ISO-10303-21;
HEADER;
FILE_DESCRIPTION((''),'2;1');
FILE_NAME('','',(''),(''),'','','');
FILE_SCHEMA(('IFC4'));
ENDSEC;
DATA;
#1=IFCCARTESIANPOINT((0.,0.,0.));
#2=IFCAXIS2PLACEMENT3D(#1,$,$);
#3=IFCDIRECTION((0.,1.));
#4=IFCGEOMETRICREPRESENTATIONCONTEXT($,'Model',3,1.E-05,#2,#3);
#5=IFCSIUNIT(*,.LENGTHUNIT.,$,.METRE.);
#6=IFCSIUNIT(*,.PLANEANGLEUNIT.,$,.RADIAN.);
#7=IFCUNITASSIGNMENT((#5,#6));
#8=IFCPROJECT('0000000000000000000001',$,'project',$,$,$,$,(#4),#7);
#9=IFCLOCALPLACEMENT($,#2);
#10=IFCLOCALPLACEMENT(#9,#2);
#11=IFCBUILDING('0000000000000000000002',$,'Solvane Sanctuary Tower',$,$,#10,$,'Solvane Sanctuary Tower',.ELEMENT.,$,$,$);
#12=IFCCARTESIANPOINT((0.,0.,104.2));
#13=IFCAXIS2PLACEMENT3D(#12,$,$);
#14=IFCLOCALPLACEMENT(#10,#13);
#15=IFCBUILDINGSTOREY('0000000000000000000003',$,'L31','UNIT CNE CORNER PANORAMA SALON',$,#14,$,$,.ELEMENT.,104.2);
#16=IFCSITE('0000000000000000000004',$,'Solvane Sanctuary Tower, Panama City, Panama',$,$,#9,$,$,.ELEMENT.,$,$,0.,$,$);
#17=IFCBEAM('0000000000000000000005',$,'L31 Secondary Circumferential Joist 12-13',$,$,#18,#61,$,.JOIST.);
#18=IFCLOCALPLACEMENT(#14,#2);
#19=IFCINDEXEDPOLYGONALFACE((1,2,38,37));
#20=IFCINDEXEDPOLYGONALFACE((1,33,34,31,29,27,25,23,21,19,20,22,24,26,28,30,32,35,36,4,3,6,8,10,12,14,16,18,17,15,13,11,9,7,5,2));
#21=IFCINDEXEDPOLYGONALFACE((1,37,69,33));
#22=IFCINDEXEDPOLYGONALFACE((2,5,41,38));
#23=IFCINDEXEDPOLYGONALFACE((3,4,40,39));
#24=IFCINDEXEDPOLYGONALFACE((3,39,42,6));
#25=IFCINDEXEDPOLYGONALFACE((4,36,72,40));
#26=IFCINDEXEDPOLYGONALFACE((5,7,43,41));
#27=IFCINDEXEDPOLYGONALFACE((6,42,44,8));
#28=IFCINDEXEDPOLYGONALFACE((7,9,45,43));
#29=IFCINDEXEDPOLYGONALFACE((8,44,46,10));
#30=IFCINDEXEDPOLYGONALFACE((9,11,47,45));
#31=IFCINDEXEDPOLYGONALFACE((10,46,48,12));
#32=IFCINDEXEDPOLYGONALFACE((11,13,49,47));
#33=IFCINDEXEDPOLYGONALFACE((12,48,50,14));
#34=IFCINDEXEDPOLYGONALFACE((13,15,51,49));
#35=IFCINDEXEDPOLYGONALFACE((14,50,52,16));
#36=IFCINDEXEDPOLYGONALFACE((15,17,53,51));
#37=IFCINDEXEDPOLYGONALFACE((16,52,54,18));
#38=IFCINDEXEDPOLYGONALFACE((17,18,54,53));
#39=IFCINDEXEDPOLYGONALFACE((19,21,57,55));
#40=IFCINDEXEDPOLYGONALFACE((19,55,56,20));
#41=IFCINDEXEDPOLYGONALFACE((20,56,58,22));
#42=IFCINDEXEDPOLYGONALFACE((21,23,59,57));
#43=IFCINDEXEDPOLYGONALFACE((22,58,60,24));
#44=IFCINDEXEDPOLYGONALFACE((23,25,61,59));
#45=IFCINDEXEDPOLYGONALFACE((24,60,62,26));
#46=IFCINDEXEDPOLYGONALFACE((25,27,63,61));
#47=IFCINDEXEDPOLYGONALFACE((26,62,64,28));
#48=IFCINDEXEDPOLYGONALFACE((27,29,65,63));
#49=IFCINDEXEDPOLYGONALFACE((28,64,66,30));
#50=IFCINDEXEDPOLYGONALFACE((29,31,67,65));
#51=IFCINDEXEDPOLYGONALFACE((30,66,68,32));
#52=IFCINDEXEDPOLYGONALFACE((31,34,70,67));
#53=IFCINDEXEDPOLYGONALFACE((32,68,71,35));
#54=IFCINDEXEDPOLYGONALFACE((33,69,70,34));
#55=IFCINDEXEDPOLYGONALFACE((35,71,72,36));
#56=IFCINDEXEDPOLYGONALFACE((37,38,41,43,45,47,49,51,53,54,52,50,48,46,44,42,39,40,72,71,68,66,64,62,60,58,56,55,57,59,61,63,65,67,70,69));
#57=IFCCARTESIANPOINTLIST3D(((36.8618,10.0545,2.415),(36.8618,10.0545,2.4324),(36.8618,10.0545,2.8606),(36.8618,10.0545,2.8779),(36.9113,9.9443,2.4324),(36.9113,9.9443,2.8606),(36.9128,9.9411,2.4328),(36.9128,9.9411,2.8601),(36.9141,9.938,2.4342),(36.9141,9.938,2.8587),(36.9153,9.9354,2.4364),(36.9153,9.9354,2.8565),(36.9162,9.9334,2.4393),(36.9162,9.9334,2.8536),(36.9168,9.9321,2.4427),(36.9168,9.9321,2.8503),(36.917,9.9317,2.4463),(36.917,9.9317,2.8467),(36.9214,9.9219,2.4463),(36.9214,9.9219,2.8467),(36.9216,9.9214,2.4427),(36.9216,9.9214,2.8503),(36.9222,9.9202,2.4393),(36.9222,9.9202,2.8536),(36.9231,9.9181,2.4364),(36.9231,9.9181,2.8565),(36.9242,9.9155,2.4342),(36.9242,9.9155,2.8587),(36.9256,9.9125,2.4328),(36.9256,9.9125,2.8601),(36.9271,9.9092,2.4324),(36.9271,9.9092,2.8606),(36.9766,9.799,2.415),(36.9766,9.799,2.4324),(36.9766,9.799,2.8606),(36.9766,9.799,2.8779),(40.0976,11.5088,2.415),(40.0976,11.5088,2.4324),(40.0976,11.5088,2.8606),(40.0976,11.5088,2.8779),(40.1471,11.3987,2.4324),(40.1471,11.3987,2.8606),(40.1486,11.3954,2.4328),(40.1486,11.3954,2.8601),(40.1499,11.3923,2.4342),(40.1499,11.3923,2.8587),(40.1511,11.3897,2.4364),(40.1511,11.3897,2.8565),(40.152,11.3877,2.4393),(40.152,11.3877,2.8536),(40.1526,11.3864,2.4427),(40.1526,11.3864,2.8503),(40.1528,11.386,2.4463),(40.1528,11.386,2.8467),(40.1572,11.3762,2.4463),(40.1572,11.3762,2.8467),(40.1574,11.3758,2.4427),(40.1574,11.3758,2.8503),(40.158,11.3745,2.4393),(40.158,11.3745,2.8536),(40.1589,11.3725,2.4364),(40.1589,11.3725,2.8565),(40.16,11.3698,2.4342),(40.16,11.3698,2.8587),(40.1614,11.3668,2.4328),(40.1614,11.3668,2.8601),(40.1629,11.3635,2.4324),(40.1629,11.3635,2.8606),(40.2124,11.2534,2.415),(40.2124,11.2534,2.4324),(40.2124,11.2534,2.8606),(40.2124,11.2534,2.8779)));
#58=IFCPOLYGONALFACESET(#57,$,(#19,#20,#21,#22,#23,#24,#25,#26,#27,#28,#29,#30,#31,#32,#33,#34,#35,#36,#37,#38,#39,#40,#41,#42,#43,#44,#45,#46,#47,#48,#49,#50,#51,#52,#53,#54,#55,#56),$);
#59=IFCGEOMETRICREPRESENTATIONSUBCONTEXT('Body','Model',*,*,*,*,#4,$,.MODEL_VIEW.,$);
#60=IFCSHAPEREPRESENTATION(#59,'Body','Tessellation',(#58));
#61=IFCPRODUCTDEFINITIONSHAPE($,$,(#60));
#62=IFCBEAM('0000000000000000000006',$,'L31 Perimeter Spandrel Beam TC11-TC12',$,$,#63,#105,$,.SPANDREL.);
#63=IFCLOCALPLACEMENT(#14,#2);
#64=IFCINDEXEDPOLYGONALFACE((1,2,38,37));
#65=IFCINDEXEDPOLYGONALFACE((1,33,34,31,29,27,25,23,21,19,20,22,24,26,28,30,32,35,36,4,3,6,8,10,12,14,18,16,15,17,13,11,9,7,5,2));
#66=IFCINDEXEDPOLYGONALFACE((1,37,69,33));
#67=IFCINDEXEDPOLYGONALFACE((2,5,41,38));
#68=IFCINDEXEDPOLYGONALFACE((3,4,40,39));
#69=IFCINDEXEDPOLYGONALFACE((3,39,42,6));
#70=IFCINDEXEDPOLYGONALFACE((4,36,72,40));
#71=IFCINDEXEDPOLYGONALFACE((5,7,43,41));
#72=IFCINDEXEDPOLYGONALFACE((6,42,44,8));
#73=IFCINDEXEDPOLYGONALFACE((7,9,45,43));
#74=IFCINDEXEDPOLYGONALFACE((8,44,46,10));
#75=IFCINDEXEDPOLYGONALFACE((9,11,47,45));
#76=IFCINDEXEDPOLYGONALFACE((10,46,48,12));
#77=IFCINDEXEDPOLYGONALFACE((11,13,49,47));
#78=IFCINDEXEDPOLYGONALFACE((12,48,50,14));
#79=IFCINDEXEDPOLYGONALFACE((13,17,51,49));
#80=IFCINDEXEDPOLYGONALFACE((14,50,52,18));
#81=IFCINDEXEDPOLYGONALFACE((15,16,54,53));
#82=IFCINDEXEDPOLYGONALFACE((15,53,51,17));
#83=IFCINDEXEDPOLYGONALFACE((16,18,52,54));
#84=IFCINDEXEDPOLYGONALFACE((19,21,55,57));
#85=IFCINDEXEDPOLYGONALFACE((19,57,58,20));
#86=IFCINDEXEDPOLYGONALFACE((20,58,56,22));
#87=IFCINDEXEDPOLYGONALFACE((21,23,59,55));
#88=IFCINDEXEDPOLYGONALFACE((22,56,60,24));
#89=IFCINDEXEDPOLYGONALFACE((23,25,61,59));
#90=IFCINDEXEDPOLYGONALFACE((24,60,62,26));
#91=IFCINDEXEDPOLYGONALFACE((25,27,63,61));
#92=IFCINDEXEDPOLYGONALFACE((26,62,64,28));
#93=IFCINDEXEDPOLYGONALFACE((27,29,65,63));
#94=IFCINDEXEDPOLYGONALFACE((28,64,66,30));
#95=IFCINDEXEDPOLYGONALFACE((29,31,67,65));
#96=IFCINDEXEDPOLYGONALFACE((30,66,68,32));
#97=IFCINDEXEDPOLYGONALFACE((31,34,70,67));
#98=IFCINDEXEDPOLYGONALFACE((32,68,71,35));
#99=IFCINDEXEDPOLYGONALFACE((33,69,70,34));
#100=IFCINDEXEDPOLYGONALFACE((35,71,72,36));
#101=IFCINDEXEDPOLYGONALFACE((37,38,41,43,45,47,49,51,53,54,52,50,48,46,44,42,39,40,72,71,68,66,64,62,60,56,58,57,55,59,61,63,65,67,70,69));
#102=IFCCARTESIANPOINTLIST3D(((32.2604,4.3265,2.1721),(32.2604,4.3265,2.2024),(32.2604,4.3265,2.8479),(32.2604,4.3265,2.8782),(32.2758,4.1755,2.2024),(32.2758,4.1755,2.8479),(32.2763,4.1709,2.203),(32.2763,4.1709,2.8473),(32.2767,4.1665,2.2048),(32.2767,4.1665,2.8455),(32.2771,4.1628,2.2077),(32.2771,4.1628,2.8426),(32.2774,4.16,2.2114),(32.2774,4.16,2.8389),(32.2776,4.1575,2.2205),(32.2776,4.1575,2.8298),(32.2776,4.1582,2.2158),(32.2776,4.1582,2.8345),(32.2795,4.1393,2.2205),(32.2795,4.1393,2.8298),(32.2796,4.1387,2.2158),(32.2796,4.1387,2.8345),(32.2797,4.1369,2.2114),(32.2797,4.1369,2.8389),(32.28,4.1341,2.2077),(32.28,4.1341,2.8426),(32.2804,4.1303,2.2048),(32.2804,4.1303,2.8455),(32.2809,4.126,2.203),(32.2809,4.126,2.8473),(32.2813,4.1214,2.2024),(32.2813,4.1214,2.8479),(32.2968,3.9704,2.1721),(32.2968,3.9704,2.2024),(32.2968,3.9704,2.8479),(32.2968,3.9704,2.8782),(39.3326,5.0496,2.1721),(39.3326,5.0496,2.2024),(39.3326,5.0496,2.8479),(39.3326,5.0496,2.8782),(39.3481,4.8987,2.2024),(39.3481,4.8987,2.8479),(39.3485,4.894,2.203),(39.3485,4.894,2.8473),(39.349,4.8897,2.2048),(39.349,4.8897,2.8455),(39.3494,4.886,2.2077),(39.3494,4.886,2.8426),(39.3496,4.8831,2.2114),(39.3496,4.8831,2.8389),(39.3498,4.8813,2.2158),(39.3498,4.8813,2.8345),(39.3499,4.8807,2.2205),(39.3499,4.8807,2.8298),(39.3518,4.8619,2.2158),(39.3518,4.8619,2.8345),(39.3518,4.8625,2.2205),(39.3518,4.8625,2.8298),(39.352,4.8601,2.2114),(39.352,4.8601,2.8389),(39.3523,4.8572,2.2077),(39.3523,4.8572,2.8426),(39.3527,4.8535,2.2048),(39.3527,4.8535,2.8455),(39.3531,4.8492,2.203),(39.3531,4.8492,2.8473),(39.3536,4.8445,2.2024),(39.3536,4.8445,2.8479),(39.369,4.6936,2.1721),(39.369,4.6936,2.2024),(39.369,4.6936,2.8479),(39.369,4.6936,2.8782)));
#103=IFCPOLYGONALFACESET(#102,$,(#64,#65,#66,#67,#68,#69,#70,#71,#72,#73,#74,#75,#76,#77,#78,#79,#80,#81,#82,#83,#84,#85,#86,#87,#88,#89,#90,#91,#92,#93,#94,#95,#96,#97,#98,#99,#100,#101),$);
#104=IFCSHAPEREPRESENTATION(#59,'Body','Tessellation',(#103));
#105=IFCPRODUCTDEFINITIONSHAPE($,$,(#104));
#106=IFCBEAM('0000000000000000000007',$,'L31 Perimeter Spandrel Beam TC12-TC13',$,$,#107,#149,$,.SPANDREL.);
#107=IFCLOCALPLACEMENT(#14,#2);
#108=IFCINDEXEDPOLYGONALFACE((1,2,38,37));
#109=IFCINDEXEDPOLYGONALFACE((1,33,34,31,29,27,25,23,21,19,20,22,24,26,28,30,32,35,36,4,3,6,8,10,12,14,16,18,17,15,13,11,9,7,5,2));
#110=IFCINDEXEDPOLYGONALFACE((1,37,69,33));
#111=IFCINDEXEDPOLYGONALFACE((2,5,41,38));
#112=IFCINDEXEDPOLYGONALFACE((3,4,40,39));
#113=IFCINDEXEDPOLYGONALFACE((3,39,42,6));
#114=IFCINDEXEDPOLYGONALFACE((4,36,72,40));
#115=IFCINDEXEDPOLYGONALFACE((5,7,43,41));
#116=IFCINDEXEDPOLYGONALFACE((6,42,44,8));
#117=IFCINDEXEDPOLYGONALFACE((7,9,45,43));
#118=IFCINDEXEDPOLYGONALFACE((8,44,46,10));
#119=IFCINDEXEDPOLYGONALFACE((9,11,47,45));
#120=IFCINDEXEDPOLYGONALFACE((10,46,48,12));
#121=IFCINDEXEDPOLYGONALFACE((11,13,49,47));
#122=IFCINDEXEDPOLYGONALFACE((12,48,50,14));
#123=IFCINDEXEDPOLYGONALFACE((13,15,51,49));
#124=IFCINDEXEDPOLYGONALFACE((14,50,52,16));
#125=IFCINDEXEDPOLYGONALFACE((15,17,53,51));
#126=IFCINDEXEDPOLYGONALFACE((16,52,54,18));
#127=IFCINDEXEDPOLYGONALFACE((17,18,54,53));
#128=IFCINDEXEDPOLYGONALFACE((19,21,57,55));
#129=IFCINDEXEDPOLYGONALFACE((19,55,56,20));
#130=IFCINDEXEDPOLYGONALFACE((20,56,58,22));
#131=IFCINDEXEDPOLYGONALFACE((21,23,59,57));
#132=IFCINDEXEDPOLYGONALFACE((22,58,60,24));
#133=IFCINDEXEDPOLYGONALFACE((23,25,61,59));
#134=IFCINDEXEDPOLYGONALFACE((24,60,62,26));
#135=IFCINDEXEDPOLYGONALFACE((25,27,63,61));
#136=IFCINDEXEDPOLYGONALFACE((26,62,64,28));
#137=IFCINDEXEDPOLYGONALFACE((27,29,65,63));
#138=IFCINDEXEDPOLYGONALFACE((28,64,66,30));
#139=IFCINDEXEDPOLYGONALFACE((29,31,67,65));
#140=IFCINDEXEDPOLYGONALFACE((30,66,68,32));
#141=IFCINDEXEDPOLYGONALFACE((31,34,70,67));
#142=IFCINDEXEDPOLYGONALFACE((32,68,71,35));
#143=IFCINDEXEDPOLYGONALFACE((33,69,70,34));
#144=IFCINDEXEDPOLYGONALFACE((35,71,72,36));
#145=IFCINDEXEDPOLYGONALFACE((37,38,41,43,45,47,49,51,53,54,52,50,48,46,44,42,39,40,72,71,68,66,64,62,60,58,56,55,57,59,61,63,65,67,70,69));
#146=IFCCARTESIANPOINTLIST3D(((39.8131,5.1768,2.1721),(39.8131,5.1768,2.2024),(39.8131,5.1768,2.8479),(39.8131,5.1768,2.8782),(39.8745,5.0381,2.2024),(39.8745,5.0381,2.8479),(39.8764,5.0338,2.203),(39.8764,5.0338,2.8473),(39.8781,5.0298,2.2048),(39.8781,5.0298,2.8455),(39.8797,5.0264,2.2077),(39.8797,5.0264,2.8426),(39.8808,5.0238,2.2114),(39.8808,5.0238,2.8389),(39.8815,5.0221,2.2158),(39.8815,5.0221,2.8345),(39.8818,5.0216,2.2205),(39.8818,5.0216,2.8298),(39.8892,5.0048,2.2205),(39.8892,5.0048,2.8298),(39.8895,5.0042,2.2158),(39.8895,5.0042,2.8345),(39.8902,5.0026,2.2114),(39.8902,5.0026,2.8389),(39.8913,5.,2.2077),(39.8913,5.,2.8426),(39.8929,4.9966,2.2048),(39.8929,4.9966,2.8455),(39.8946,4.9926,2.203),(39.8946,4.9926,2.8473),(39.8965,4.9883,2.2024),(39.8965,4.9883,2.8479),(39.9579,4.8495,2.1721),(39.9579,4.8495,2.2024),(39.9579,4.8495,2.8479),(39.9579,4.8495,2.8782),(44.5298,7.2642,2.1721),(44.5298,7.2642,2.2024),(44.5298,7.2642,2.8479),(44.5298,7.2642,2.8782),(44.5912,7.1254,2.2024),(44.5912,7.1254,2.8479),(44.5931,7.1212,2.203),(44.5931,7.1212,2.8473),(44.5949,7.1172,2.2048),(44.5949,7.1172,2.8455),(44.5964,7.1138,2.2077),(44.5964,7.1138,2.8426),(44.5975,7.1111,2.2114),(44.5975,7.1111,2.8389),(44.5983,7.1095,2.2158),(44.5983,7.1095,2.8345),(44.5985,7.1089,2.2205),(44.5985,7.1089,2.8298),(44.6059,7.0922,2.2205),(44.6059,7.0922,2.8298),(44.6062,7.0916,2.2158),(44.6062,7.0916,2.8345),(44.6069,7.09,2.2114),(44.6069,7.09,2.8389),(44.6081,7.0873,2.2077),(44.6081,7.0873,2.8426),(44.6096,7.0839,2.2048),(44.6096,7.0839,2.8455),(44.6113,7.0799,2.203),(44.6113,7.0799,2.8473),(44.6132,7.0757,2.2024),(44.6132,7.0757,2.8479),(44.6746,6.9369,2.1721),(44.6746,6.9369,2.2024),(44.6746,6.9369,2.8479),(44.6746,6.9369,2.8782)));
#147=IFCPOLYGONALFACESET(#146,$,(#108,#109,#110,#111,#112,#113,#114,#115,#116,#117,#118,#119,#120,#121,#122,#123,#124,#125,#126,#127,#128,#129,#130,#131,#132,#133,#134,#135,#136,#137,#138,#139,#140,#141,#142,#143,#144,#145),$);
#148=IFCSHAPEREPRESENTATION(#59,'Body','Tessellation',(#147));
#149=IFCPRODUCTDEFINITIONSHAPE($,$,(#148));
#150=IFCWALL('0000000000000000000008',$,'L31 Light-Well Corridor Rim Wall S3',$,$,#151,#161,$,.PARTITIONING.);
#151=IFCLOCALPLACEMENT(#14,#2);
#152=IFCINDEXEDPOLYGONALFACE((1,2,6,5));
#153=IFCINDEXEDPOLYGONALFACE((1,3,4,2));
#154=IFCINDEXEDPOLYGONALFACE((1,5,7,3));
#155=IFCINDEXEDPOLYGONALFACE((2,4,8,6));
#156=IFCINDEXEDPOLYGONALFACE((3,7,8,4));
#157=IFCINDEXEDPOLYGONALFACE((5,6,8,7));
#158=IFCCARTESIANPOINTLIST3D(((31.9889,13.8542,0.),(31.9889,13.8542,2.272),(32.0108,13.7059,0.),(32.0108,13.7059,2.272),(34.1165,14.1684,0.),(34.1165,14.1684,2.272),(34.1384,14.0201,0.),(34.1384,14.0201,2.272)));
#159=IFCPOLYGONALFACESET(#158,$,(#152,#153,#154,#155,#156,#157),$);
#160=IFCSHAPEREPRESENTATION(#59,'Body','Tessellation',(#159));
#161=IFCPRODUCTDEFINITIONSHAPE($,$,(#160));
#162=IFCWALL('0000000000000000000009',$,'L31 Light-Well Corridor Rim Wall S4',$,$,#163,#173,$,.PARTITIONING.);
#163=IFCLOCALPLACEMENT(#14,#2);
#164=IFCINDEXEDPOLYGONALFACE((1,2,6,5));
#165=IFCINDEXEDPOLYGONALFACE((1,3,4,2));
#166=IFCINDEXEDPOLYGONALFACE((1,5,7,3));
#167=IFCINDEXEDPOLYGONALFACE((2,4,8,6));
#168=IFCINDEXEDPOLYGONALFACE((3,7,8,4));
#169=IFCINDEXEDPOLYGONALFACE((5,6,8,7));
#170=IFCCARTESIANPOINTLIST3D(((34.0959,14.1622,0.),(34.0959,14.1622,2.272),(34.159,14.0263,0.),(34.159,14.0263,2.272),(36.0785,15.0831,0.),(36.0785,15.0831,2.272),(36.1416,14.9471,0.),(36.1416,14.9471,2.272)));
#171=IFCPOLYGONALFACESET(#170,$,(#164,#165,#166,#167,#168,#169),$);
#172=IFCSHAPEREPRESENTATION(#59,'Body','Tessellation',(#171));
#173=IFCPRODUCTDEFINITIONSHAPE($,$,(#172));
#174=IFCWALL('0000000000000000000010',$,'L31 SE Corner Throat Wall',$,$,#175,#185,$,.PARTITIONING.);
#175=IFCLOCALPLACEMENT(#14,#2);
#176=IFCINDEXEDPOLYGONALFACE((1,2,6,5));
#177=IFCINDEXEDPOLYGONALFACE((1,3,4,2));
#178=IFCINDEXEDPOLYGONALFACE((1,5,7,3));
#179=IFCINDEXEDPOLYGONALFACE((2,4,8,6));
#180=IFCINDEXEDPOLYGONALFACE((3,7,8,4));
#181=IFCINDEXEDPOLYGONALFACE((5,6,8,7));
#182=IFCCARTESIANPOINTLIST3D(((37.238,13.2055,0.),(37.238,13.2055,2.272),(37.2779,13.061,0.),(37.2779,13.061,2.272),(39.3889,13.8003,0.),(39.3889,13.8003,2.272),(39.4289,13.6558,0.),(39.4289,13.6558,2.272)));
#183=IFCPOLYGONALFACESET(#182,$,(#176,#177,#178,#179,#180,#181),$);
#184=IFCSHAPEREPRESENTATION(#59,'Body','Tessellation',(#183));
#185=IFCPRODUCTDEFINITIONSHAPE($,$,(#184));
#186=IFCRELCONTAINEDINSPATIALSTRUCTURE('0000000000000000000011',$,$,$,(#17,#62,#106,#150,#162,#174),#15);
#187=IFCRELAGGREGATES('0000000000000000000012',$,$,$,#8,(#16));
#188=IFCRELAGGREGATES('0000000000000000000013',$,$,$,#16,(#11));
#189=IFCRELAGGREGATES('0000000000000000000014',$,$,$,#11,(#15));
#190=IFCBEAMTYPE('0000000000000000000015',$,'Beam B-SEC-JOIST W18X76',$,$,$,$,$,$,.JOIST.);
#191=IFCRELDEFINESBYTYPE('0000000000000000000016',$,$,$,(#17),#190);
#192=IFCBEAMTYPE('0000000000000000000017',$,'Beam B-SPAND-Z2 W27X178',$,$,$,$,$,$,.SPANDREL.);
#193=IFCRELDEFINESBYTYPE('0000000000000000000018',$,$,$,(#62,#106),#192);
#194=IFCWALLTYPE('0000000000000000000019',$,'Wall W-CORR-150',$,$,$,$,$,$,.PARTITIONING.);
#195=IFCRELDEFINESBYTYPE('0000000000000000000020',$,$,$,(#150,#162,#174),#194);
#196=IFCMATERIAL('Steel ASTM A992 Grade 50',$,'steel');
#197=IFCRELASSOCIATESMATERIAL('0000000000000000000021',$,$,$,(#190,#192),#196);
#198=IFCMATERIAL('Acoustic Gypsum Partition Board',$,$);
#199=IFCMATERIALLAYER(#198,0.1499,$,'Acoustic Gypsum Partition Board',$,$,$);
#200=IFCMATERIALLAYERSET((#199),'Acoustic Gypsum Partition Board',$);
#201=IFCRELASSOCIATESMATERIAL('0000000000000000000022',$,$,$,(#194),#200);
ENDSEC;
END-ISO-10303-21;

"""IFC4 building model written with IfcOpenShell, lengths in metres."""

from ifc_helpers import new_model, si_unit, direction, frame, frame_2d, origin, origin_2d, place, context, subcontext, project, spatial, rectangle, i_section, extrude, material, layer, layer_set, material_profile, profile_set, type_object, element, save


model = new_model("IFC4")

# Units and contexts
model_context = context("Model", 3, precision=1e-05, world=origin(), true_north=direction((0.0, 1.0)))
body_context = subcontext(model_context, "Body", "Model", "MODEL_VIEW")
ifc_project = project(units=[si_unit("LENGTHUNIT", "METRE"), si_unit("PLANEANGLEUNIT", "RADIAN")], contexts=[model_context])

# Site, building, storey
site_placement = place(None, origin())
site = spatial("IfcSite", under=ifc_project, at=site_placement, Name="Solvane Sanctuary Tower, Panama City, Panama", CompositionType="ELEMENT", RefElevation=0.0)
building_placement = place(site_placement, origin())
building = spatial("IfcBuilding", under=site, at=building_placement, Name="Solvane Sanctuary Tower", LongName="Solvane Sanctuary Tower", CompositionType="ELEMENT")
storey_placement = place(building_placement, frame((0.0, 0.0, 104.2)))
storey = spatial("IfcBuildingStorey", under=building, at=storey_placement, Name="L31", Description="UNIT CNE CORNER PANORAMA SALON", CompositionType="ELEMENT", Elevation=104.2)

# Beams
ifc_material_1 = material(Name="Steel ASTM A992 Grade 50", Category="steel")
ifc_material_profile_1 = material_profile(ifc_material_1, i_section(OverallWidth=0.28, OverallDepth=0.4629, WebThickness=0.0107, FlangeThickness=0.0173, FilletRadius=0.0139, at=origin_2d()), Name="W18X76")
ifc_profile_set_1 = profile_set([ifc_material_profile_1], Name="Steel ASTM A992 Grade 50")
beam_type_1 = type_object("IfcBeamType", Name="Beam B-SEC-JOIST W18X76", PredefinedType="JOIST", material=ifc_profile_set_1)
beam_1_placement = place(storey_placement, frame((36.9192, 9.9268, 2.6465), z_axis=(0.912109, 0.409947, 0.0), x_axis=(-0.409947, 0.912109, 0.0)))
element("IfcBeam", 1, at=beam_1_placement, inside=storey, type_object=beam_type_1, Name="L31 Secondary Circumferential Joist 12-13", PredefinedType="JOIST", context=body_context, shape_type="SweptSolid", body=[
    extrude(i_section(OverallWidth=0.28, OverallDepth=0.4629, WebThickness=0.0107, FlangeThickness=0.0173, FilletRadius=0.0139, at=origin_2d()), origin(), (0.0, 0.0, 1.0), 3.5476),
])
ifc_material_profile_2 = material_profile(ifc_material_1, i_section(OverallWidth=0.3579, OverallDepth=0.7061, WebThickness=0.0183, FlangeThickness=0.0303, FilletRadius=0.0181, at=origin_2d()), Name="W27X178")
ifc_profile_set_2 = profile_set([ifc_material_profile_2], Name="Steel ASTM A992 Grade 50")
beam_type_2 = type_object("IfcBeamType", Name="Beam B-SPAND-Z2 W27X178", PredefinedType="SPANDREL", material=ifc_profile_set_2)
beam_2_placement = place(storey_placement, frame((32.2786, 4.1484, 2.5251), z_axis=(0.994813, 0.10172, 0.0), x_axis=(-0.10172, 0.994813, 0.0)))
element("IfcBeam", 2, at=beam_2_placement, inside=storey, type_object=beam_type_2, Name="L31 Perimeter Spandrel Beam TC11-TC12", PredefinedType="SPANDREL", context=body_context, shape_type="SweptSolid", body=[
    extrude(i_section(OverallWidth=0.3579, OverallDepth=0.7061, WebThickness=0.0183, FlangeThickness=0.0303, FilletRadius=0.0181, at=origin_2d()), origin(), (0.0, 0.0, 1.0), 7.1091),
])
beam_3_placement = place(storey_placement, frame((39.8855, 5.0132, 2.5251), z_axis=(0.914455, 0.404689, 0.0), x_axis=(-0.404689, 0.914455, 0.0)))
element("IfcBeam", 3, at=beam_3_placement, inside=storey, type_object=beam_type_2, Name="L31 Perimeter Spandrel Beam TC12-TC13", PredefinedType="SPANDREL", context=body_context, shape_type="SweptSolid", body=[
    extrude(i_section(OverallWidth=0.3579, OverallDepth=0.7061, WebThickness=0.0183, FlangeThickness=0.0303, FilletRadius=0.0181, at=origin_2d()), origin(), (0.0, 0.0, 1.0), 5.158),
])

# Walls
ifc_material_2 = material(Name="Acoustic Gypsum Partition Board")
ifc_layer_1 = layer(ifc_material_2, 0.1499, Name="Acoustic Gypsum Partition Board")
ifc_layer_set_1 = layer_set([ifc_layer_1], Name="Acoustic Gypsum Partition Board")
wall_type_1 = type_object("IfcWallType", Name="Wall W-CORR-150", PredefinedType="PARTITIONING", material=ifc_layer_set_1)
wall_1_placement = place(storey_placement, frame((32.0, 13.78, 0.0), z_axis=(0.0, 0.0, 1.0), x_axis=(0.989269, 0.146108, 0.0)))
element("IfcWall", 4, at=wall_1_placement, inside=storey, type_object=wall_type_1, Name="L31 Light-Well Corridor Rim Wall S3", PredefinedType="PARTITIONING", context=body_context, shape_type="SweptSolid", body=[
    extrude(rectangle(XDim=2.1506, YDim=0.1499, at=frame_2d((1.0752, 0.0))), origin(), (0.0, 0.0, 1.0), 2.272),
])
wall_2_placement = place(storey_placement, frame((34.1274, 14.0942, 0.0), z_axis=(0.0, 0.0, 1.0), x_axis=(0.906943, 0.421252, 0.0)))
element("IfcWall", 5, at=wall_2_placement, inside=storey, type_object=wall_type_1, Name="L31 Light-Well Corridor Rim Wall S4", PredefinedType="PARTITIONING", context=body_context, shape_type="SweptSolid", body=[
    extrude(rectangle(XDim=2.186, YDim=0.1499, at=frame_2d((1.093, 0.0))), origin(), (0.0, 0.0, 1.0), 2.272),
])
wall_3_placement = place(storey_placement, frame((37.2581, 13.1333, 0.0), z_axis=(0.0, 0.0, 1.0), x_axis=(0.963834, 0.266504, 0.0)))
element("IfcWall", 6, at=wall_3_placement, inside=storey, type_object=wall_type_1, Name="L31 SE Corner Throat Wall", PredefinedType="PARTITIONING", context=body_context, shape_type="SweptSolid", body=[
    extrude(rectangle(XDim=2.2317, YDim=0.1499, at=frame_2d((1.1157, 0.0))), origin(), (0.0, 0.0, 1.0), 2.272),
])

save(model, "model.ifc")
